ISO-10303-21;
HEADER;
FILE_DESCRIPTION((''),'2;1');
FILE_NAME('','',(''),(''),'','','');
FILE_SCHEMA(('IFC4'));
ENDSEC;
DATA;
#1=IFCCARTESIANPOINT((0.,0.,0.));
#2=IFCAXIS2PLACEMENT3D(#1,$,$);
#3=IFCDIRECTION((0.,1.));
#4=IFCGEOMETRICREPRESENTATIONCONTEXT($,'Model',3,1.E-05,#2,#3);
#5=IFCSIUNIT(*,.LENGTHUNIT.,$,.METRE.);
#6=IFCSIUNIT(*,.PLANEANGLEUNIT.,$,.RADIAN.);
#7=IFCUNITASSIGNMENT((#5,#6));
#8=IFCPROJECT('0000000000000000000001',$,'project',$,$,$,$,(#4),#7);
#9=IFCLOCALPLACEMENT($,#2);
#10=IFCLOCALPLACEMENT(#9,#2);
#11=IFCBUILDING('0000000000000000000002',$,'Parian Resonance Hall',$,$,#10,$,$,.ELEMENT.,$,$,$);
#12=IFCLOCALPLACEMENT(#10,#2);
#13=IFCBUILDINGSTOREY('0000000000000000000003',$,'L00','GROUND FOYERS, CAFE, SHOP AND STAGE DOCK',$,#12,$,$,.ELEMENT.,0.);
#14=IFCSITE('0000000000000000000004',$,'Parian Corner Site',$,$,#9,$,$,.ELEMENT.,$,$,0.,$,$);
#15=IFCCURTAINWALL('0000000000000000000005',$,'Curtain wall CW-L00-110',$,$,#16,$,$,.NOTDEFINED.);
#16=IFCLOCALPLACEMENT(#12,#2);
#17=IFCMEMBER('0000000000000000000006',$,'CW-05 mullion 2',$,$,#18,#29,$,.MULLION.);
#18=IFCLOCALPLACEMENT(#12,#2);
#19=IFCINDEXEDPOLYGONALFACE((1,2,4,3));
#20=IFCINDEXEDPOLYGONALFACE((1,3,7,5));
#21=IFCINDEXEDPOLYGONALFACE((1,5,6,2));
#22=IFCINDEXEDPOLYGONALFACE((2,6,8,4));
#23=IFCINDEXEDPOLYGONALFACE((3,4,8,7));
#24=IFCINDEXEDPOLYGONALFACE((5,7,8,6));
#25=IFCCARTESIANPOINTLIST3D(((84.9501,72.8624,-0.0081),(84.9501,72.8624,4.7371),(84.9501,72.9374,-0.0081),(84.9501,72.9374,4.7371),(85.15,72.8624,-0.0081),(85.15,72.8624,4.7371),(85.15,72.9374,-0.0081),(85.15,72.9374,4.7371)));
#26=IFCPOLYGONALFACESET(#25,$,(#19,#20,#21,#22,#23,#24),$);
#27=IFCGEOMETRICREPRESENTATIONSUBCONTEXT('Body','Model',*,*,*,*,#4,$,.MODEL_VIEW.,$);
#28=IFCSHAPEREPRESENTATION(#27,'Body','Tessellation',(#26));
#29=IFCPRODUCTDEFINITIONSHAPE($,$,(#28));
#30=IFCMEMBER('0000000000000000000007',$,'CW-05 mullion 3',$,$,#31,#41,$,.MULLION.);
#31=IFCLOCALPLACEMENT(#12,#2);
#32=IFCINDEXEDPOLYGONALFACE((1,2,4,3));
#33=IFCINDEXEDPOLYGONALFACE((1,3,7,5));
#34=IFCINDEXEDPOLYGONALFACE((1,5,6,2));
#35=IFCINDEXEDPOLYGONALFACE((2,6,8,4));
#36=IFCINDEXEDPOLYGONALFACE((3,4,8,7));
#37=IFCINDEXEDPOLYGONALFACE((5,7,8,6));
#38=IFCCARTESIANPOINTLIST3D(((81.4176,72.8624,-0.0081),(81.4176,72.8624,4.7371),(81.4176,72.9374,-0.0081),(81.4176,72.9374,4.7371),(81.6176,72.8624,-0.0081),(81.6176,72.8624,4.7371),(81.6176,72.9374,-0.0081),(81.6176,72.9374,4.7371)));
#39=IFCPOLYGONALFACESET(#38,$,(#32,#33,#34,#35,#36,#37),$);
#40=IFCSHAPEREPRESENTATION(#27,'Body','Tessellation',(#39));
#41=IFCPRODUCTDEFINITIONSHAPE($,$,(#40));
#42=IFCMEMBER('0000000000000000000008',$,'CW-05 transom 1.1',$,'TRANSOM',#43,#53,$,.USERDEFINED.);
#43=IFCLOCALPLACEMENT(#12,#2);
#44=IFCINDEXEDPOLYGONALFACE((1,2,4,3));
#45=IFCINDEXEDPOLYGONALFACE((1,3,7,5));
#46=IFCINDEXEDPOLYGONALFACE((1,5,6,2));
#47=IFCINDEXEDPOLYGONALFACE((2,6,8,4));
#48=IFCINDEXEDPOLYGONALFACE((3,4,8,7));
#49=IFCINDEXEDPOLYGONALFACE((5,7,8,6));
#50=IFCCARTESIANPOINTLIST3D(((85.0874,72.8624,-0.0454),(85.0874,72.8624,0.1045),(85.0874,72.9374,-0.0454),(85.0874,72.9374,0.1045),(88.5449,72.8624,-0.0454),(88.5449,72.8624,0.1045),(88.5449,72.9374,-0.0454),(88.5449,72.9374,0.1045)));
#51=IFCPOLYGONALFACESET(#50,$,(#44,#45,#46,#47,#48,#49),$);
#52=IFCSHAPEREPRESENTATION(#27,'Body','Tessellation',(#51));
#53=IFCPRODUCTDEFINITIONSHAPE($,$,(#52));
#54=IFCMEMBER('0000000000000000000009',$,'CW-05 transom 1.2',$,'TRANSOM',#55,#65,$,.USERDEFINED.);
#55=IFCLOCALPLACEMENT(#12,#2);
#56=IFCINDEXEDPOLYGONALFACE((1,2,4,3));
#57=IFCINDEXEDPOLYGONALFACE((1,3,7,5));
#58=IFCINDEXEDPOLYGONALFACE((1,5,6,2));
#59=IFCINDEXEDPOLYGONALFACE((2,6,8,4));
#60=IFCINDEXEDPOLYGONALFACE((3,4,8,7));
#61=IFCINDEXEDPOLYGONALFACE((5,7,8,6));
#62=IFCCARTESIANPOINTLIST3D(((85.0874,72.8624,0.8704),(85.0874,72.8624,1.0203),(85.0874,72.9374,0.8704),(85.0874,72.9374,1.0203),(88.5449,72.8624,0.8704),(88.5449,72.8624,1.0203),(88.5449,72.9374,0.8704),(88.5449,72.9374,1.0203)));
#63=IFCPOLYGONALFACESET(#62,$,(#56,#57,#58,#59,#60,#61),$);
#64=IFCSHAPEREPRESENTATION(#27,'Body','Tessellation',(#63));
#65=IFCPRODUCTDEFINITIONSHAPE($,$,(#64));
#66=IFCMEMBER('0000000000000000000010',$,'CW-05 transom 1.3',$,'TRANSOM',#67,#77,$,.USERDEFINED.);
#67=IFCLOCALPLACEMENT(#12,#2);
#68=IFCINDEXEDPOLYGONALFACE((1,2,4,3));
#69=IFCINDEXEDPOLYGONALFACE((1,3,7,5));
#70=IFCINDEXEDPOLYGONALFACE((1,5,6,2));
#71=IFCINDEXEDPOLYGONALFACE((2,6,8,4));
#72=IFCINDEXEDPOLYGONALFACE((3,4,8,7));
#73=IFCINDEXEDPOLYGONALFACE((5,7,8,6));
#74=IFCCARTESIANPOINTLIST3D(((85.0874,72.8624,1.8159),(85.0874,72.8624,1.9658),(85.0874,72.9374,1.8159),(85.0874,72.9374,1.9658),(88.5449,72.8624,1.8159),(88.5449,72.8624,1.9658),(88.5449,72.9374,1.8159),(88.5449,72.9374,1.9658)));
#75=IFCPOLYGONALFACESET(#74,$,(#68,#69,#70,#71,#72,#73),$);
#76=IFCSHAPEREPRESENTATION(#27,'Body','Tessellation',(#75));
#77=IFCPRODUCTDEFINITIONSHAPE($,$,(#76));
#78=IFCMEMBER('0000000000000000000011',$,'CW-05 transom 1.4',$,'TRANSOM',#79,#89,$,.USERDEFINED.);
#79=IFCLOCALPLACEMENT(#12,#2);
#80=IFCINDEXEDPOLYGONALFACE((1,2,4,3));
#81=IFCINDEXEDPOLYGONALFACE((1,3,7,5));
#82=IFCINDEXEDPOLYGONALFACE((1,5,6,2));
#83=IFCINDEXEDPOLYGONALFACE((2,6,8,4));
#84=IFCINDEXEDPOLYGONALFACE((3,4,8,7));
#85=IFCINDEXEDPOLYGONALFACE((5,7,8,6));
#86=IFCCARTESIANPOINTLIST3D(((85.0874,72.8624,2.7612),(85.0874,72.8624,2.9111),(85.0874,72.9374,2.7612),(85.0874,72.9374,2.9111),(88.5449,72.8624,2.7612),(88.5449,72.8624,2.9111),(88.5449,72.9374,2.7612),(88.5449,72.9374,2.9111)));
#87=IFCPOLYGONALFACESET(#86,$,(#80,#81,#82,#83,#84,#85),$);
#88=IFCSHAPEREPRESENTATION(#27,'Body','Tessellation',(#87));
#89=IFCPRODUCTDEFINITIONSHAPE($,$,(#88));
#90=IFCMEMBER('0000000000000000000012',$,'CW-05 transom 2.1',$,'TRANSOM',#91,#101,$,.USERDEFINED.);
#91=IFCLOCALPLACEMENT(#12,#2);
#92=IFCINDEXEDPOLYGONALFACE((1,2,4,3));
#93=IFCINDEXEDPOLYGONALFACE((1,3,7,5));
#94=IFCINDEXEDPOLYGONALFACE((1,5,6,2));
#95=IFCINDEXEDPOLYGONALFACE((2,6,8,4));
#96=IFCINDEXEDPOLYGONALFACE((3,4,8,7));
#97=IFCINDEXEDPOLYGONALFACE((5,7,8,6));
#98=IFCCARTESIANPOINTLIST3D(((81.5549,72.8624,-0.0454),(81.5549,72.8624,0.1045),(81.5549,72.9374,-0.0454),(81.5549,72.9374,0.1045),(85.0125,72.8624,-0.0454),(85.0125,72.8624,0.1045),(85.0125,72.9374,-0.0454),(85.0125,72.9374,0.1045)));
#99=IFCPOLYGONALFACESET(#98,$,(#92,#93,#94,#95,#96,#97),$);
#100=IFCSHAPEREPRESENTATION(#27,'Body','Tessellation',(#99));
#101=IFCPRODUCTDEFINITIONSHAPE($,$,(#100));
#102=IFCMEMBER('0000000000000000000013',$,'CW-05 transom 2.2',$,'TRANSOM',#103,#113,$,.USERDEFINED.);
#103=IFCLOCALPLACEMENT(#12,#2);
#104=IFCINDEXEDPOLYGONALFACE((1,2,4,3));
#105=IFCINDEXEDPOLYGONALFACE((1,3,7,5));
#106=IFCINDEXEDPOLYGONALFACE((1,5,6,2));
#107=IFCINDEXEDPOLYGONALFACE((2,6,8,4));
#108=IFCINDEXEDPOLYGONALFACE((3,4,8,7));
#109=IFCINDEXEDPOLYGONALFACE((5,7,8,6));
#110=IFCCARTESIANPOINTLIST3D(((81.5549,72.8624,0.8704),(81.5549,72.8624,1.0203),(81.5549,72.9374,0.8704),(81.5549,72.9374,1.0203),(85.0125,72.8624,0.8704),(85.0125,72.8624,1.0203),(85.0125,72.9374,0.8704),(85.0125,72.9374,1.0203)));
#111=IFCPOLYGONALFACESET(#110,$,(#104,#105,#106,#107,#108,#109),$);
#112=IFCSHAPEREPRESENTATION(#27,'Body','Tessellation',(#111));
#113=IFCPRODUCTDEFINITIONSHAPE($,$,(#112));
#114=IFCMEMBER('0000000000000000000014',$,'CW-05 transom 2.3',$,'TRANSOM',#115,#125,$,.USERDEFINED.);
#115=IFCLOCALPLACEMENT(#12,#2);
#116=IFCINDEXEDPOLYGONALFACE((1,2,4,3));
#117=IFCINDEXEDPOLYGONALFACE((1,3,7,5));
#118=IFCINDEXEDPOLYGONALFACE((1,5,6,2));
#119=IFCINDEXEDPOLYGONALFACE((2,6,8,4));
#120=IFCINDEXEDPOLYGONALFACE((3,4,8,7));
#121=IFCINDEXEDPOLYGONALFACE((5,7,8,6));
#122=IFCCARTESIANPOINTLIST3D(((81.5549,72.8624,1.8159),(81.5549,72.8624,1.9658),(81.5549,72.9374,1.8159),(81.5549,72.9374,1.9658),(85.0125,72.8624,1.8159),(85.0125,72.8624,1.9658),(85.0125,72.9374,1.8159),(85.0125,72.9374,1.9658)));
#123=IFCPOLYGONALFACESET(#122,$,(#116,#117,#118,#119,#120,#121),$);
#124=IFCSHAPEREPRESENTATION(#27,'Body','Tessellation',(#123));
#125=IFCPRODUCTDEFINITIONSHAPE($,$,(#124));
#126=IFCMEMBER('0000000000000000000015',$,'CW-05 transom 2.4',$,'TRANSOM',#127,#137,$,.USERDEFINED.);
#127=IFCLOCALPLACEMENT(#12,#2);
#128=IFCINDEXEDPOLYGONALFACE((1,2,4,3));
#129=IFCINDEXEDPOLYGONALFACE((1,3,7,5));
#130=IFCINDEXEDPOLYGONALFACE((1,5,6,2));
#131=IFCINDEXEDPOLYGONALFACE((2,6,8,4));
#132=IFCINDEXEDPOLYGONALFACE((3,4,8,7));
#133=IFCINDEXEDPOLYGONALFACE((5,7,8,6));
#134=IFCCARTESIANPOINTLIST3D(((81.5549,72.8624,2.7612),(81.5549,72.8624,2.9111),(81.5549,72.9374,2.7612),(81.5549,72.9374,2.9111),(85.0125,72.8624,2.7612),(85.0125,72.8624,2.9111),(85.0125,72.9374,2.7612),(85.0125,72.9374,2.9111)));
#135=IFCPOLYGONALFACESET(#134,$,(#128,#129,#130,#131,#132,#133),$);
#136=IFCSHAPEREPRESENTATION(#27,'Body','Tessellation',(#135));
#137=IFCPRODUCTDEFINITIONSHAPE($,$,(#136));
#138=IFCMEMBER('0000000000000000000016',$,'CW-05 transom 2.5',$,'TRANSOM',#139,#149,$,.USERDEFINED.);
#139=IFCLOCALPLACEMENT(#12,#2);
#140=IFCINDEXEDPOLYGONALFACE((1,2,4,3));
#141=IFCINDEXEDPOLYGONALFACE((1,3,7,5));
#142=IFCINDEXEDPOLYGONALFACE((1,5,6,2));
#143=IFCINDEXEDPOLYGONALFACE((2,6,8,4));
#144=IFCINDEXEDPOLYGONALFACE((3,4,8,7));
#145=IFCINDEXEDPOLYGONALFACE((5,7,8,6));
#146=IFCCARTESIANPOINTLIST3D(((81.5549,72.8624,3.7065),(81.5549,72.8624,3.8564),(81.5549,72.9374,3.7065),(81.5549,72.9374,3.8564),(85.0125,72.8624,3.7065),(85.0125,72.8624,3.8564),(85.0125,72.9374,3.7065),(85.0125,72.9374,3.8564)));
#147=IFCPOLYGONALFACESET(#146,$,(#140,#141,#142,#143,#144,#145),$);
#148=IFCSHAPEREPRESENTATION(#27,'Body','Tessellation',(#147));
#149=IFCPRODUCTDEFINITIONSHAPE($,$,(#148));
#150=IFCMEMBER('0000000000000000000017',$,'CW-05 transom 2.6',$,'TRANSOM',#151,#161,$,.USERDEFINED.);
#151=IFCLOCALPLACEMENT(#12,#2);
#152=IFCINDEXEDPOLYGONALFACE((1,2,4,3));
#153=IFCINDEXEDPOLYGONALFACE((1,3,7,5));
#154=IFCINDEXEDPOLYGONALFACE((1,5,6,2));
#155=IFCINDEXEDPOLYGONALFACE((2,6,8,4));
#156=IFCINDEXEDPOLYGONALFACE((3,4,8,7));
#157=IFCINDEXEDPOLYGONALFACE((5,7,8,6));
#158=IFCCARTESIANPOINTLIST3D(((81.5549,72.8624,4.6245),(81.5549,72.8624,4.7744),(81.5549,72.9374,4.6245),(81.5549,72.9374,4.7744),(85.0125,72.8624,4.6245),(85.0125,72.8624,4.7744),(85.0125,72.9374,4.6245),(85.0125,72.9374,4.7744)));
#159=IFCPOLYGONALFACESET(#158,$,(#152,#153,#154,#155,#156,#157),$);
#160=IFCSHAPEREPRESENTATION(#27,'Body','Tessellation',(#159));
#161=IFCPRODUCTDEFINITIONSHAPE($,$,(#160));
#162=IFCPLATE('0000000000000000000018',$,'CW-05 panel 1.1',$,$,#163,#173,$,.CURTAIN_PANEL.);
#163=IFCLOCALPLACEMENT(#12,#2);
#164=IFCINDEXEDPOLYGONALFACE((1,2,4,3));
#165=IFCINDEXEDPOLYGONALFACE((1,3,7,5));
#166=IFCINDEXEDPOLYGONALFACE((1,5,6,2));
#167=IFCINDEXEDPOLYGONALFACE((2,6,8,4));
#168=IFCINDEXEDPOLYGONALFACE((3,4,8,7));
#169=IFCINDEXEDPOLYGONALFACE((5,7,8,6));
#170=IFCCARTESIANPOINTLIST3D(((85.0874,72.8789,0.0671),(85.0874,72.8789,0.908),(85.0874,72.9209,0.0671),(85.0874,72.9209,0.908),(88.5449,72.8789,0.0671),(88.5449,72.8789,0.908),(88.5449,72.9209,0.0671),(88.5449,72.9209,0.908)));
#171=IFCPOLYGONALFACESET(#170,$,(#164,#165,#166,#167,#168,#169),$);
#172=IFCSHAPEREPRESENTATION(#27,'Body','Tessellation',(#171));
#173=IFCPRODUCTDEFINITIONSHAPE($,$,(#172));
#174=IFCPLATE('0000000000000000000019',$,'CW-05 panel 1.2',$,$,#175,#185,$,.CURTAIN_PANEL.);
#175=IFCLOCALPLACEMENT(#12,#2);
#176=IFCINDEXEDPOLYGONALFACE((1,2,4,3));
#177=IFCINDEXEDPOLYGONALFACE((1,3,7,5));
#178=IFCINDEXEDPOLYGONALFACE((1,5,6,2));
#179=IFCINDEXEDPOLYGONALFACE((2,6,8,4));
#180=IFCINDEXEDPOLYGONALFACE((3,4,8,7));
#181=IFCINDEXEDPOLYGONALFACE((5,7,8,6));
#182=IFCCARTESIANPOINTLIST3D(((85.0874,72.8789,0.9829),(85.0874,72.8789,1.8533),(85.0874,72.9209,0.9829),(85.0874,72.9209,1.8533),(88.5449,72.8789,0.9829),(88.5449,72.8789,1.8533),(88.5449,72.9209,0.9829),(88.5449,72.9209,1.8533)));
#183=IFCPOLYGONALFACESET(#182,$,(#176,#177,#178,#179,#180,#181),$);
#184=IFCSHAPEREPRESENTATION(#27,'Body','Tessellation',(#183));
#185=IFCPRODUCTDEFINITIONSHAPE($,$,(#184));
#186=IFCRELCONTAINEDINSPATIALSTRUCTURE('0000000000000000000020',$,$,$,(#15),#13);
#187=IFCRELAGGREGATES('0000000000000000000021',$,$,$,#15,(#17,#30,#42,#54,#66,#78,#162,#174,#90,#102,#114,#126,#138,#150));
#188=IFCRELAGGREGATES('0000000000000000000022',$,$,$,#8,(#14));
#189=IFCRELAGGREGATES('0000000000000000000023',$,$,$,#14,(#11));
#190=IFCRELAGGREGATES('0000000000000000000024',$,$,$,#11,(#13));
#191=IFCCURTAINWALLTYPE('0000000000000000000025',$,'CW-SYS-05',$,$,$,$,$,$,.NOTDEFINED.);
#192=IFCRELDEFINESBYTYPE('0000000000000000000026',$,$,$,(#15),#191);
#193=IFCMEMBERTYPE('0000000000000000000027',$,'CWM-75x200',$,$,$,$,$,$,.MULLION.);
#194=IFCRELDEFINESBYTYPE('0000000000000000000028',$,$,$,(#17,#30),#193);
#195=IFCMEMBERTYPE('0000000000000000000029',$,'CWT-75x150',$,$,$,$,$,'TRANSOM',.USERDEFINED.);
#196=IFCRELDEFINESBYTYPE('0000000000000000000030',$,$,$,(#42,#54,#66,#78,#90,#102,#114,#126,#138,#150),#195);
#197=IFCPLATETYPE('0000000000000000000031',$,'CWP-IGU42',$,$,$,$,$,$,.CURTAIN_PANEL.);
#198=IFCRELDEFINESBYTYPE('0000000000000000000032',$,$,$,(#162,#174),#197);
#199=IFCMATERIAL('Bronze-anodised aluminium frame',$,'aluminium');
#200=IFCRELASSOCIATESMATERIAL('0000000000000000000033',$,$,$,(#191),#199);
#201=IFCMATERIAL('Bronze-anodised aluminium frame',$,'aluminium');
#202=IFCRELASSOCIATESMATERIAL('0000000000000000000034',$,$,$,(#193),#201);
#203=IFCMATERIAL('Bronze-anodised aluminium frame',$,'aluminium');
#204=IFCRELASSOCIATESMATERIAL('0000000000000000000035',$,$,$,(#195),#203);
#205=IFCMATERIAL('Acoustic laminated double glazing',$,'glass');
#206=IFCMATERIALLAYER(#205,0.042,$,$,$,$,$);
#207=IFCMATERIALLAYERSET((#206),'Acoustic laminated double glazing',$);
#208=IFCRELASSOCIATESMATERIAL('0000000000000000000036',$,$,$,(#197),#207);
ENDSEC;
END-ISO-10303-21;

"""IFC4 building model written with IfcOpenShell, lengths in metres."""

from ifc_helpers import new_model, si_unit, direction, frame, origin, origin_2d, place, context, subcontext, project, spatial, rectangle, extrude, material, layer, layer_set, material_profile, profile_set, type_object, element, aggregate, save


model = new_model("IFC4")

# Units and contexts
model_context = context("Model", 3, precision=1e-05, world=origin(), true_north=direction((0.0, 1.0)))
body_context = subcontext(model_context, "Body", "Model", "MODEL_VIEW")
ifc_project = project(units=[si_unit("LENGTHUNIT", "METRE"), si_unit("PLANEANGLEUNIT", "RADIAN")], contexts=[model_context])

# Site, building, storey
site_placement = place(None, origin())
site = spatial("IfcSite", under=ifc_project, at=site_placement, Name="Parian Corner Site", CompositionType="ELEMENT", RefElevation=0.0)
building_placement = place(site_placement, origin())
building = spatial("IfcBuilding", under=site, at=building_placement, Name="Parian Resonance Hall", CompositionType="ELEMENT")
storey_placement = place(building_placement, origin())
storey = spatial("IfcBuildingStorey", under=building, at=storey_placement, Name="L00", Description="GROUND FOYERS, CAFE, SHOP AND STAGE DOCK", CompositionType="ELEMENT", Elevation=0.0)

# Curtain wall, members, plates
ifc_material_1 = material(Name="Bronze-anodised aluminium frame", Category="aluminium")
curtain_wall_type_1 = type_object("IfcCurtainWallType", Name="CW-SYS-05", PredefinedType="NOTDEFINED", material=ifc_material_1)
curtain_wall_1_placement = place(storey_placement, origin())
curtain_wall_1 = element("IfcCurtainWall", 1, at=curtain_wall_1_placement, inside=storey, type_object=curtain_wall_type_1, Name="Curtain wall CW-L00-110", PredefinedType="NOTDEFINED")
ifc_material_2 = material(Name="Bronze-anodised aluminium frame", Category="aluminium")
ifc_material_profile_1 = material_profile(ifc_material_2, rectangle(XDim=0.075, YDim=0.2, at=origin_2d()), Name="CWM-75x200")
ifc_profile_set_1 = profile_set([ifc_material_profile_1], Name="Bronze-anodised aluminium frame")
member_type_1 = type_object("IfcMemberType", Name="CWM-75x200", PredefinedType="MULLION", material=ifc_profile_set_1)
member_1_placement = place(storey_placement, frame((85.05, 72.8999, -0.0081), z_axis=(0.0, 0.0, 1.0), x_axis=(0.0, -1.0, 0.0)))
member_1 = element("IfcMember", 2, at=member_1_placement, type_object=member_type_1, Name="CW-05 mullion 2", PredefinedType="MULLION", context=body_context, shape_type="SweptSolid", body=[
    extrude(rectangle(XDim=0.075, YDim=0.2, at=origin_2d()), origin(), (0.0, 0.0, 1.0), 4.7451),
])
member_2_placement = place(storey_placement, frame((81.5176, 72.8999, -0.0081), z_axis=(0.0, 0.0, 1.0), x_axis=(0.0, -1.0, 0.0)))
member_2 = element("IfcMember", 3, at=member_2_placement, type_object=member_type_1, Name="CW-05 mullion 3", PredefinedType="MULLION", context=body_context, shape_type="SweptSolid", body=[
    extrude(rectangle(XDim=0.075, YDim=0.2, at=origin_2d()), origin(), (0.0, 0.0, 1.0), 4.7451),
])
ifc_material_3 = material(Name="Bronze-anodised aluminium frame", Category="aluminium")
ifc_material_profile_2 = material_profile(ifc_material_3, rectangle(XDim=0.075, YDim=0.1499, at=origin_2d()), Name="CWT-75x150")
ifc_profile_set_2 = profile_set([ifc_material_profile_2], Name="Bronze-anodised aluminium frame")
member_type_2 = type_object("IfcMemberType", Name="CWT-75x150", ElementType="TRANSOM", PredefinedType="USERDEFINED", material=ifc_profile_set_2)
member_3_placement = place(storey_placement, frame((88.5449, 72.8999, 0.0295), z_axis=(-1.0, 0.0, 0.0), x_axis=(0.0, -1.0, 0.0)))
member_3 = element("IfcMember", 4, at=member_3_placement, type_object=member_type_2, Name="CW-05 transom 1.1", ObjectType="TRANSOM", PredefinedType="USERDEFINED", context=body_context, shape_type="SweptSolid", body=[
    extrude(rectangle(XDim=0.075, YDim=0.1499, at=origin_2d()), origin(), (0.0, 0.0, 1.0), 3.4575),
])
member_4_placement = place(storey_placement, frame((88.5449, 72.8999, 0.9453), z_axis=(-1.0, 0.0, 0.0), x_axis=(0.0, -1.0, 0.0)))
member_4 = element("IfcMember", 5, at=member_4_placement, type_object=member_type_2, Name="CW-05 transom 1.2", ObjectType="TRANSOM", PredefinedType="USERDEFINED", context=body_context, shape_type="SweptSolid", body=[
    extrude(rectangle(XDim=0.075, YDim=0.1499, at=origin_2d()), origin(), (0.0, 0.0, 1.0), 3.4575),
])
member_5_placement = place(storey_placement, frame((88.5449, 72.8999, 1.8909), z_axis=(-1.0, 0.0, 0.0), x_axis=(0.0, -1.0, 0.0)))
member_5 = element("IfcMember", 6, at=member_5_placement, type_object=member_type_2, Name="CW-05 transom 1.3", ObjectType="TRANSOM", PredefinedType="USERDEFINED", context=body_context, shape_type="SweptSolid", body=[
    extrude(rectangle(XDim=0.075, YDim=0.1499, at=origin_2d()), origin(), (0.0, 0.0, 1.0), 3.4575),
])
member_6_placement = place(storey_placement, frame((88.5449, 72.8999, 2.8362), z_axis=(-1.0, 0.0, 0.0), x_axis=(0.0, -1.0, 0.0)))
member_6 = element("IfcMember", 7, at=member_6_placement, type_object=member_type_2, Name="CW-05 transom 1.4", ObjectType="TRANSOM", PredefinedType="USERDEFINED", context=body_context, shape_type="SweptSolid", body=[
    extrude(rectangle(XDim=0.075, YDim=0.1499, at=origin_2d()), origin(), (0.0, 0.0, 1.0), 3.4575),
])
member_7_placement = place(storey_placement, frame((85.0125, 72.8999, 0.0295), z_axis=(-1.0, 0.0, 0.0), x_axis=(0.0, -1.0, 0.0)))
member_7 = element("IfcMember", 8, at=member_7_placement, type_object=member_type_2, Name="CW-05 transom 2.1", ObjectType="TRANSOM", PredefinedType="USERDEFINED", context=body_context, shape_type="SweptSolid", body=[
    extrude(rectangle(XDim=0.075, YDim=0.1499, at=origin_2d()), origin(), (0.0, 0.0, 1.0), 3.4575),
])
member_8_placement = place(storey_placement, frame((85.0125, 72.8999, 0.9453), z_axis=(-1.0, 0.0, 0.0), x_axis=(0.0, -1.0, 0.0)))
member_8 = element("IfcMember", 9, at=member_8_placement, type_object=member_type_2, Name="CW-05 transom 2.2", ObjectType="TRANSOM", PredefinedType="USERDEFINED", context=body_context, shape_type="SweptSolid", body=[
    extrude(rectangle(XDim=0.075, YDim=0.1499, at=origin_2d()), origin(), (0.0, 0.0, 1.0), 3.4575),
])
member_9_placement = place(storey_placement, frame((85.0125, 72.8999, 1.8909), z_axis=(-1.0, 0.0, 0.0), x_axis=(0.0, -1.0, 0.0)))
member_9 = element("IfcMember", 10, at=member_9_placement, type_object=member_type_2, Name="CW-05 transom 2.3", ObjectType="TRANSOM", PredefinedType="USERDEFINED", context=body_context, shape_type="SweptSolid", body=[
    extrude(rectangle(XDim=0.075, YDim=0.1499, at=origin_2d()), origin(), (0.0, 0.0, 1.0), 3.4575),
])
member_10_placement = place(storey_placement, frame((85.0125, 72.8999, 2.8362), z_axis=(-1.0, 0.0, 0.0), x_axis=(0.0, -1.0, 0.0)))
member_10 = element("IfcMember", 11, at=member_10_placement, type_object=member_type_2, Name="CW-05 transom 2.4", ObjectType="TRANSOM", PredefinedType="USERDEFINED", context=body_context, shape_type="SweptSolid", body=[
    extrude(rectangle(XDim=0.075, YDim=0.1499, at=origin_2d()), origin(), (0.0, 0.0, 1.0), 3.4575),
])
member_11_placement = place(storey_placement, frame((85.0125, 72.8999, 3.7815), z_axis=(-1.0, 0.0, 0.0), x_axis=(0.0, -1.0, 0.0)))
member_11 = element("IfcMember", 12, at=member_11_placement, type_object=member_type_2, Name="CW-05 transom 2.5", ObjectType="TRANSOM", PredefinedType="USERDEFINED", context=body_context, shape_type="SweptSolid", body=[
    extrude(rectangle(XDim=0.075, YDim=0.1499, at=origin_2d()), origin(), (0.0, 0.0, 1.0), 3.4575),
])
member_12_placement = place(storey_placement, frame((85.0125, 72.8999, 4.6995), z_axis=(-1.0, 0.0, 0.0), x_axis=(0.0, -1.0, 0.0)))
member_12 = element("IfcMember", 13, at=member_12_placement, type_object=member_type_2, Name="CW-05 transom 2.6", ObjectType="TRANSOM", PredefinedType="USERDEFINED", context=body_context, shape_type="SweptSolid", body=[
    extrude(rectangle(XDim=0.075, YDim=0.1499, at=origin_2d()), origin(), (0.0, 0.0, 1.0), 3.4575),
])
ifc_material_4 = material(Name="Acoustic laminated double glazing", Category="glass")
ifc_layer_1 = layer(ifc_material_4, 0.042)
ifc_layer_set_1 = layer_set([ifc_layer_1], Name="Acoustic laminated double glazing")
plate_type = type_object("IfcPlateType", Name="CWP-IGU42", PredefinedType="CURTAIN_PANEL", material=ifc_layer_set_1)
plate_1_placement = place(storey_placement, frame((86.8162, 72.8999, 0.0671), z_axis=(0.0, 0.0, 1.0), x_axis=(-1.0, 0.0, 0.0)))
plate_1 = element("IfcPlate", 14, at=plate_1_placement, type_object=plate_type, Name="CW-05 panel 1.1", PredefinedType="CURTAIN_PANEL", context=body_context, shape_type="SweptSolid", body=[
    extrude(rectangle(XDim=3.4575, YDim=0.042, at=origin_2d()), origin(), (0.0, 0.0, 1.0), 0.8408),
])
plate_2_placement = place(storey_placement, frame((86.8162, 72.8999, 0.9829), z_axis=(0.0, 0.0, 1.0), x_axis=(-1.0, 0.0, 0.0)))
plate_2 = element("IfcPlate", 15, at=plate_2_placement, type_object=plate_type, Name="CW-05 panel 1.2", PredefinedType="CURTAIN_PANEL", context=body_context, shape_type="SweptSolid", body=[
    extrude(rectangle(XDim=3.4575, YDim=0.042, at=origin_2d()), origin(), (0.0, 0.0, 1.0), 0.8704),
])
aggregate(curtain_wall_1, [member_1, member_2, member_3, member_4, member_5, member_6, plate_1, plate_2, member_7, member_8, member_9, member_10, member_11, member_12])

save(model, "model.ifc")
